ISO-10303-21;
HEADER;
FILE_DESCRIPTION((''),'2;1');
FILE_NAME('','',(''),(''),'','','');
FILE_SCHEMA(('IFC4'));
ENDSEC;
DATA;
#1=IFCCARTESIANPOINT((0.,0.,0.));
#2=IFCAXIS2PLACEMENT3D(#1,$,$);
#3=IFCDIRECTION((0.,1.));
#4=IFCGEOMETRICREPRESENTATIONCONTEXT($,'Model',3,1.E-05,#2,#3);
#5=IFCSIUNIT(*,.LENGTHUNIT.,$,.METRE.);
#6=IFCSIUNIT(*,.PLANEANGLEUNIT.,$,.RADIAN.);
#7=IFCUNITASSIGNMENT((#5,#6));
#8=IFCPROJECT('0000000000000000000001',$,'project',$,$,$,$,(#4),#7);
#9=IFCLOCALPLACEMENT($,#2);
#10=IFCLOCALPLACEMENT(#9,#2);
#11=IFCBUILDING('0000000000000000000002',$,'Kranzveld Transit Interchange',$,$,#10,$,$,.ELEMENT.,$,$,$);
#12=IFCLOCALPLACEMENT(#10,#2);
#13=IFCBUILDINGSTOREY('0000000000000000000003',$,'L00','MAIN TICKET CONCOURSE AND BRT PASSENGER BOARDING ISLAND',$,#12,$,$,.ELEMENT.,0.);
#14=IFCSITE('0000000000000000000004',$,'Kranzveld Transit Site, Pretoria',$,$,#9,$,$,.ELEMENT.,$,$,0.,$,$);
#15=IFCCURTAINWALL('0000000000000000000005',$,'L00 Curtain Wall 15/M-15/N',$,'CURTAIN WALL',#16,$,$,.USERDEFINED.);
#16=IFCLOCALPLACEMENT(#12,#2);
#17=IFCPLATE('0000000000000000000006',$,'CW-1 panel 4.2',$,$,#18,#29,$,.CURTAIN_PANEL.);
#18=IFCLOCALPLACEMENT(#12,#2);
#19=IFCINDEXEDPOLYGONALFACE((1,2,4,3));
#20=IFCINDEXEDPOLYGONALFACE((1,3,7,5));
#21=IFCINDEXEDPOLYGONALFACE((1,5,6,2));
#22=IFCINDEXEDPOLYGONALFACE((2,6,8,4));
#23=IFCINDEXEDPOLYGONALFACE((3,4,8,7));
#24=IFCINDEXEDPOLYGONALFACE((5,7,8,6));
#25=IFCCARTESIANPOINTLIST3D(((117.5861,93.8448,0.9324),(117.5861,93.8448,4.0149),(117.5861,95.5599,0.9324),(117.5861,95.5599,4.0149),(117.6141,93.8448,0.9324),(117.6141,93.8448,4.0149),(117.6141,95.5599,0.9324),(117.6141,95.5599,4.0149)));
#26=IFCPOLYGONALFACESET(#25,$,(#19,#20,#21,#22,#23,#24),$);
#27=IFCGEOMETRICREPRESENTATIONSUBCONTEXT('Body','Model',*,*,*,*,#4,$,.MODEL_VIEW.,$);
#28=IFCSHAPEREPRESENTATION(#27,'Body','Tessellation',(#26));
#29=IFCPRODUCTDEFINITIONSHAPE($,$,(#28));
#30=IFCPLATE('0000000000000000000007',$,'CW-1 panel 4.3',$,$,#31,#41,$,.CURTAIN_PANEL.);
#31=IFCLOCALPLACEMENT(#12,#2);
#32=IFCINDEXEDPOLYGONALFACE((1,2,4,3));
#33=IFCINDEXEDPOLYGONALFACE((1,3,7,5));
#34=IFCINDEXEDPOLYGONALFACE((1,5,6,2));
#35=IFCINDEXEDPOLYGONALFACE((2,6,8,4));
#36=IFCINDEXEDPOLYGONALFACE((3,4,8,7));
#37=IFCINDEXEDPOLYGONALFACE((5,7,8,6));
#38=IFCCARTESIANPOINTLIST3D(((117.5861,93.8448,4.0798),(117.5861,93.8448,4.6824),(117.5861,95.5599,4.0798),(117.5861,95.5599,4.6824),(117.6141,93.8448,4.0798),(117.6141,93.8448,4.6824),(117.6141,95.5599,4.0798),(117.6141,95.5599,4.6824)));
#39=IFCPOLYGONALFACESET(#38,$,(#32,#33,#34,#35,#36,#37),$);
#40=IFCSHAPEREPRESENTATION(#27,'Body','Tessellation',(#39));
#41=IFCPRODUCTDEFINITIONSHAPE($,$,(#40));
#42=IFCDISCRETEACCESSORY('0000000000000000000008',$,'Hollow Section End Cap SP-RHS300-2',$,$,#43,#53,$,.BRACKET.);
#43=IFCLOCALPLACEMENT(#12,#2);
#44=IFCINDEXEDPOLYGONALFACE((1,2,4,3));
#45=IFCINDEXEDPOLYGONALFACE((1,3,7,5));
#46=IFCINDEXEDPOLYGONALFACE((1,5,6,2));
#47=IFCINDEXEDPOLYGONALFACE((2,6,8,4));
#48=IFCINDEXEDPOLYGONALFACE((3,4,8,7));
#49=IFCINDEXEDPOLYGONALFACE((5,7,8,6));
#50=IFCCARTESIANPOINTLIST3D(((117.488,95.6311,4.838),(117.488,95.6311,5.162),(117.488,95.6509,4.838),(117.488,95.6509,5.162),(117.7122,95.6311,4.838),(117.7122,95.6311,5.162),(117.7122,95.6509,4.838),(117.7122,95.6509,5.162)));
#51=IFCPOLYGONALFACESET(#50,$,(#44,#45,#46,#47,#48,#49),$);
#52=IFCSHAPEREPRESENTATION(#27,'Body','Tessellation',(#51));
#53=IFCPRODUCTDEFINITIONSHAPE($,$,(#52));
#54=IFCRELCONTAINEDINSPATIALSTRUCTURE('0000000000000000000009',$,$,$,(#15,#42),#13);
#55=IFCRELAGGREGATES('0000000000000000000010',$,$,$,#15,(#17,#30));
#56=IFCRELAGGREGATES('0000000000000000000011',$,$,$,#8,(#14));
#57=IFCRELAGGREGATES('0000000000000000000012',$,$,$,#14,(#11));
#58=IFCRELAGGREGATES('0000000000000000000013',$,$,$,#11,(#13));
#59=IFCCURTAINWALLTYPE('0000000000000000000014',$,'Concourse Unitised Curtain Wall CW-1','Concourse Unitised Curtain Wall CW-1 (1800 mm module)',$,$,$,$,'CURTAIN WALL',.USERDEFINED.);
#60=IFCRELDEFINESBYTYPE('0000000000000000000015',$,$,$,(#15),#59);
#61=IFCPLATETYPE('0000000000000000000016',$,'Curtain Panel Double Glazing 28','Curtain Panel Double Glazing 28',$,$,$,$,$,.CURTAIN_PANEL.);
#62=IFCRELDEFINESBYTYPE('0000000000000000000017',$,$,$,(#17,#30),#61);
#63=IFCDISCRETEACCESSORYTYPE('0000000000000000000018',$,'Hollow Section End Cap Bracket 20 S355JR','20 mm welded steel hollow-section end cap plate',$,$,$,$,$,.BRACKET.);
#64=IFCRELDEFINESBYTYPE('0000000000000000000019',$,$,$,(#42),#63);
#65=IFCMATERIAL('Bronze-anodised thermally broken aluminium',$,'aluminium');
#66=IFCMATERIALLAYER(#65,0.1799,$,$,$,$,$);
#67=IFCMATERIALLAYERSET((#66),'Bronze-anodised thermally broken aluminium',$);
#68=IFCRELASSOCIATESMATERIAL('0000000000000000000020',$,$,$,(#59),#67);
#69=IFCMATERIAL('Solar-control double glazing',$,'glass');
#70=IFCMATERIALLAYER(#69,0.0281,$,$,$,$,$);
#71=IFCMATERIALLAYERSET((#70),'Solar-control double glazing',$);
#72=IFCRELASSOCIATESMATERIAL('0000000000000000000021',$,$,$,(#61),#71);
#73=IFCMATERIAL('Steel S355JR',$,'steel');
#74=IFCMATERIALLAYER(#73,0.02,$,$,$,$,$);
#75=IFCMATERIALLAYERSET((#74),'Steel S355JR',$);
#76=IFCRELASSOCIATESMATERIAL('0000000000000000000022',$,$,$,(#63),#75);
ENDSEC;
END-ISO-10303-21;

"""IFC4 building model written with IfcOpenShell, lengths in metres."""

from ifc_helpers import new_model, si_unit, direction, frame, origin, origin_2d, place, context, subcontext, project, spatial, rectangle, extrude, material, layer, layer_set, type_object, element, aggregate, save


model = new_model("IFC4")

# Units and contexts
model_context = context("Model", 3, precision=1e-05, world=origin(), true_north=direction((0.0, 1.0)))
body_context = subcontext(model_context, "Body", "Model", "MODEL_VIEW")
ifc_project = project(units=[si_unit("LENGTHUNIT", "METRE"), si_unit("PLANEANGLEUNIT", "RADIAN")], contexts=[model_context])

# Site, building, storey
site_placement = place(None, origin())
site = spatial("IfcSite", under=ifc_project, at=site_placement, Name="Kranzveld Transit Site, Pretoria", CompositionType="ELEMENT", RefElevation=0.0)
building_placement = place(site_placement, origin())
building = spatial("IfcBuilding", under=site, at=building_placement, Name="Kranzveld Transit Interchange", CompositionType="ELEMENT")
storey_placement = place(building_placement, origin())
storey = spatial("IfcBuildingStorey", under=building, at=storey_placement, Name="L00", Description="MAIN TICKET CONCOURSE AND BRT PASSENGER BOARDING ISLAND", CompositionType="ELEMENT", Elevation=0.0)

# Curtain wall, plates
ifc_material_1 = material(Name="Bronze-anodised thermally broken aluminium", Category="aluminium")
ifc_layer_1 = layer(ifc_material_1, 0.1799)
ifc_layer_set_1 = layer_set([ifc_layer_1], Name="Bronze-anodised thermally broken aluminium")
curtain_wall_type = type_object("IfcCurtainWallType", Name="Concourse Unitised Curtain Wall CW-1", Description="Concourse Unitised Curtain Wall CW-1 (1800 mm module)", ElementType="CURTAIN WALL", PredefinedType="USERDEFINED", material=ifc_layer_set_1)
curtain_wall_placement = place(storey_placement, origin())
curtain_wall = element("IfcCurtainWall", 1, at=curtain_wall_placement, inside=storey, type_object=curtain_wall_type, Name="L00 Curtain Wall 15/M-15/N", ObjectType="CURTAIN WALL", PredefinedType="USERDEFINED")
ifc_material_2 = material(Name="Solar-control double glazing", Category="glass")
ifc_layer_2 = layer(ifc_material_2, 0.0281)
ifc_layer_set_2 = layer_set([ifc_layer_2], Name="Solar-control double glazing")
plate_type = type_object("IfcPlateType", Name="Curtain Panel Double Glazing 28", Description="Curtain Panel Double Glazing 28", PredefinedType="CURTAIN_PANEL", material=ifc_layer_set_2)
plate_1_placement = place(storey_placement, frame((117.6001, 94.7024, 0.9324), z_axis=(0.0, 0.0, 1.0), x_axis=(0.0, 1.0, 0.0)))
plate_1 = element("IfcPlate", 2, at=plate_1_placement, type_object=plate_type, Name="CW-1 panel 4.2", PredefinedType="CURTAIN_PANEL", context=body_context, shape_type="SweptSolid", body=[
    extrude(rectangle(XDim=1.7151, YDim=0.0281, at=origin_2d()), origin(), (0.0, 0.0, 1.0), 3.0825),
])
plate_2_placement = place(storey_placement, frame((117.6001, 94.7024, 4.0798), z_axis=(0.0, 0.0, 1.0), x_axis=(0.0, 1.0, 0.0)))
plate_2 = element("IfcPlate", 3, at=plate_2_placement, type_object=plate_type, Name="CW-1 panel 4.3", PredefinedType="CURTAIN_PANEL", context=body_context, shape_type="SweptSolid", body=[
    extrude(rectangle(XDim=1.7151, YDim=0.0281, at=origin_2d()), origin(), (0.0, 0.0, 1.0), 0.6025),
])
aggregate(curtain_wall, [plate_1, plate_2])

# Discrete accessory
ifc_material_3 = material(Name="Steel S355JR", Category="steel")
ifc_layer_3 = layer(ifc_material_3, 0.02)
ifc_layer_set_3 = layer_set([ifc_layer_3], Name="Steel S355JR")
discrete_accessory_type = type_object("IfcDiscreteAccessoryType", Name="Hollow Section End Cap Bracket 20 S355JR", Description="20 mm welded steel hollow-section end cap plate", PredefinedType="BRACKET", material=ifc_layer_set_3)
discrete_accessory_placement = place(storey_placement, frame((117.6001, 95.6311, 5.0), z_axis=(0.0, 1.0, 0.0), x_axis=(-1.0, 0.0, 0.0)))
element("IfcDiscreteAccessory", 4, at=discrete_accessory_placement, inside=storey, type_object=discrete_accessory_type, Name="Hollow Section End Cap SP-RHS300-2", PredefinedType="BRACKET", context=body_context, shape_type="SweptSolid", body=[
    extrude(rectangle(XDim=0.2241, YDim=0.324, at=origin_2d()), origin(), (0.0, 0.0, 1.0), 0.0198),
])

save(model, "model.ifc")
